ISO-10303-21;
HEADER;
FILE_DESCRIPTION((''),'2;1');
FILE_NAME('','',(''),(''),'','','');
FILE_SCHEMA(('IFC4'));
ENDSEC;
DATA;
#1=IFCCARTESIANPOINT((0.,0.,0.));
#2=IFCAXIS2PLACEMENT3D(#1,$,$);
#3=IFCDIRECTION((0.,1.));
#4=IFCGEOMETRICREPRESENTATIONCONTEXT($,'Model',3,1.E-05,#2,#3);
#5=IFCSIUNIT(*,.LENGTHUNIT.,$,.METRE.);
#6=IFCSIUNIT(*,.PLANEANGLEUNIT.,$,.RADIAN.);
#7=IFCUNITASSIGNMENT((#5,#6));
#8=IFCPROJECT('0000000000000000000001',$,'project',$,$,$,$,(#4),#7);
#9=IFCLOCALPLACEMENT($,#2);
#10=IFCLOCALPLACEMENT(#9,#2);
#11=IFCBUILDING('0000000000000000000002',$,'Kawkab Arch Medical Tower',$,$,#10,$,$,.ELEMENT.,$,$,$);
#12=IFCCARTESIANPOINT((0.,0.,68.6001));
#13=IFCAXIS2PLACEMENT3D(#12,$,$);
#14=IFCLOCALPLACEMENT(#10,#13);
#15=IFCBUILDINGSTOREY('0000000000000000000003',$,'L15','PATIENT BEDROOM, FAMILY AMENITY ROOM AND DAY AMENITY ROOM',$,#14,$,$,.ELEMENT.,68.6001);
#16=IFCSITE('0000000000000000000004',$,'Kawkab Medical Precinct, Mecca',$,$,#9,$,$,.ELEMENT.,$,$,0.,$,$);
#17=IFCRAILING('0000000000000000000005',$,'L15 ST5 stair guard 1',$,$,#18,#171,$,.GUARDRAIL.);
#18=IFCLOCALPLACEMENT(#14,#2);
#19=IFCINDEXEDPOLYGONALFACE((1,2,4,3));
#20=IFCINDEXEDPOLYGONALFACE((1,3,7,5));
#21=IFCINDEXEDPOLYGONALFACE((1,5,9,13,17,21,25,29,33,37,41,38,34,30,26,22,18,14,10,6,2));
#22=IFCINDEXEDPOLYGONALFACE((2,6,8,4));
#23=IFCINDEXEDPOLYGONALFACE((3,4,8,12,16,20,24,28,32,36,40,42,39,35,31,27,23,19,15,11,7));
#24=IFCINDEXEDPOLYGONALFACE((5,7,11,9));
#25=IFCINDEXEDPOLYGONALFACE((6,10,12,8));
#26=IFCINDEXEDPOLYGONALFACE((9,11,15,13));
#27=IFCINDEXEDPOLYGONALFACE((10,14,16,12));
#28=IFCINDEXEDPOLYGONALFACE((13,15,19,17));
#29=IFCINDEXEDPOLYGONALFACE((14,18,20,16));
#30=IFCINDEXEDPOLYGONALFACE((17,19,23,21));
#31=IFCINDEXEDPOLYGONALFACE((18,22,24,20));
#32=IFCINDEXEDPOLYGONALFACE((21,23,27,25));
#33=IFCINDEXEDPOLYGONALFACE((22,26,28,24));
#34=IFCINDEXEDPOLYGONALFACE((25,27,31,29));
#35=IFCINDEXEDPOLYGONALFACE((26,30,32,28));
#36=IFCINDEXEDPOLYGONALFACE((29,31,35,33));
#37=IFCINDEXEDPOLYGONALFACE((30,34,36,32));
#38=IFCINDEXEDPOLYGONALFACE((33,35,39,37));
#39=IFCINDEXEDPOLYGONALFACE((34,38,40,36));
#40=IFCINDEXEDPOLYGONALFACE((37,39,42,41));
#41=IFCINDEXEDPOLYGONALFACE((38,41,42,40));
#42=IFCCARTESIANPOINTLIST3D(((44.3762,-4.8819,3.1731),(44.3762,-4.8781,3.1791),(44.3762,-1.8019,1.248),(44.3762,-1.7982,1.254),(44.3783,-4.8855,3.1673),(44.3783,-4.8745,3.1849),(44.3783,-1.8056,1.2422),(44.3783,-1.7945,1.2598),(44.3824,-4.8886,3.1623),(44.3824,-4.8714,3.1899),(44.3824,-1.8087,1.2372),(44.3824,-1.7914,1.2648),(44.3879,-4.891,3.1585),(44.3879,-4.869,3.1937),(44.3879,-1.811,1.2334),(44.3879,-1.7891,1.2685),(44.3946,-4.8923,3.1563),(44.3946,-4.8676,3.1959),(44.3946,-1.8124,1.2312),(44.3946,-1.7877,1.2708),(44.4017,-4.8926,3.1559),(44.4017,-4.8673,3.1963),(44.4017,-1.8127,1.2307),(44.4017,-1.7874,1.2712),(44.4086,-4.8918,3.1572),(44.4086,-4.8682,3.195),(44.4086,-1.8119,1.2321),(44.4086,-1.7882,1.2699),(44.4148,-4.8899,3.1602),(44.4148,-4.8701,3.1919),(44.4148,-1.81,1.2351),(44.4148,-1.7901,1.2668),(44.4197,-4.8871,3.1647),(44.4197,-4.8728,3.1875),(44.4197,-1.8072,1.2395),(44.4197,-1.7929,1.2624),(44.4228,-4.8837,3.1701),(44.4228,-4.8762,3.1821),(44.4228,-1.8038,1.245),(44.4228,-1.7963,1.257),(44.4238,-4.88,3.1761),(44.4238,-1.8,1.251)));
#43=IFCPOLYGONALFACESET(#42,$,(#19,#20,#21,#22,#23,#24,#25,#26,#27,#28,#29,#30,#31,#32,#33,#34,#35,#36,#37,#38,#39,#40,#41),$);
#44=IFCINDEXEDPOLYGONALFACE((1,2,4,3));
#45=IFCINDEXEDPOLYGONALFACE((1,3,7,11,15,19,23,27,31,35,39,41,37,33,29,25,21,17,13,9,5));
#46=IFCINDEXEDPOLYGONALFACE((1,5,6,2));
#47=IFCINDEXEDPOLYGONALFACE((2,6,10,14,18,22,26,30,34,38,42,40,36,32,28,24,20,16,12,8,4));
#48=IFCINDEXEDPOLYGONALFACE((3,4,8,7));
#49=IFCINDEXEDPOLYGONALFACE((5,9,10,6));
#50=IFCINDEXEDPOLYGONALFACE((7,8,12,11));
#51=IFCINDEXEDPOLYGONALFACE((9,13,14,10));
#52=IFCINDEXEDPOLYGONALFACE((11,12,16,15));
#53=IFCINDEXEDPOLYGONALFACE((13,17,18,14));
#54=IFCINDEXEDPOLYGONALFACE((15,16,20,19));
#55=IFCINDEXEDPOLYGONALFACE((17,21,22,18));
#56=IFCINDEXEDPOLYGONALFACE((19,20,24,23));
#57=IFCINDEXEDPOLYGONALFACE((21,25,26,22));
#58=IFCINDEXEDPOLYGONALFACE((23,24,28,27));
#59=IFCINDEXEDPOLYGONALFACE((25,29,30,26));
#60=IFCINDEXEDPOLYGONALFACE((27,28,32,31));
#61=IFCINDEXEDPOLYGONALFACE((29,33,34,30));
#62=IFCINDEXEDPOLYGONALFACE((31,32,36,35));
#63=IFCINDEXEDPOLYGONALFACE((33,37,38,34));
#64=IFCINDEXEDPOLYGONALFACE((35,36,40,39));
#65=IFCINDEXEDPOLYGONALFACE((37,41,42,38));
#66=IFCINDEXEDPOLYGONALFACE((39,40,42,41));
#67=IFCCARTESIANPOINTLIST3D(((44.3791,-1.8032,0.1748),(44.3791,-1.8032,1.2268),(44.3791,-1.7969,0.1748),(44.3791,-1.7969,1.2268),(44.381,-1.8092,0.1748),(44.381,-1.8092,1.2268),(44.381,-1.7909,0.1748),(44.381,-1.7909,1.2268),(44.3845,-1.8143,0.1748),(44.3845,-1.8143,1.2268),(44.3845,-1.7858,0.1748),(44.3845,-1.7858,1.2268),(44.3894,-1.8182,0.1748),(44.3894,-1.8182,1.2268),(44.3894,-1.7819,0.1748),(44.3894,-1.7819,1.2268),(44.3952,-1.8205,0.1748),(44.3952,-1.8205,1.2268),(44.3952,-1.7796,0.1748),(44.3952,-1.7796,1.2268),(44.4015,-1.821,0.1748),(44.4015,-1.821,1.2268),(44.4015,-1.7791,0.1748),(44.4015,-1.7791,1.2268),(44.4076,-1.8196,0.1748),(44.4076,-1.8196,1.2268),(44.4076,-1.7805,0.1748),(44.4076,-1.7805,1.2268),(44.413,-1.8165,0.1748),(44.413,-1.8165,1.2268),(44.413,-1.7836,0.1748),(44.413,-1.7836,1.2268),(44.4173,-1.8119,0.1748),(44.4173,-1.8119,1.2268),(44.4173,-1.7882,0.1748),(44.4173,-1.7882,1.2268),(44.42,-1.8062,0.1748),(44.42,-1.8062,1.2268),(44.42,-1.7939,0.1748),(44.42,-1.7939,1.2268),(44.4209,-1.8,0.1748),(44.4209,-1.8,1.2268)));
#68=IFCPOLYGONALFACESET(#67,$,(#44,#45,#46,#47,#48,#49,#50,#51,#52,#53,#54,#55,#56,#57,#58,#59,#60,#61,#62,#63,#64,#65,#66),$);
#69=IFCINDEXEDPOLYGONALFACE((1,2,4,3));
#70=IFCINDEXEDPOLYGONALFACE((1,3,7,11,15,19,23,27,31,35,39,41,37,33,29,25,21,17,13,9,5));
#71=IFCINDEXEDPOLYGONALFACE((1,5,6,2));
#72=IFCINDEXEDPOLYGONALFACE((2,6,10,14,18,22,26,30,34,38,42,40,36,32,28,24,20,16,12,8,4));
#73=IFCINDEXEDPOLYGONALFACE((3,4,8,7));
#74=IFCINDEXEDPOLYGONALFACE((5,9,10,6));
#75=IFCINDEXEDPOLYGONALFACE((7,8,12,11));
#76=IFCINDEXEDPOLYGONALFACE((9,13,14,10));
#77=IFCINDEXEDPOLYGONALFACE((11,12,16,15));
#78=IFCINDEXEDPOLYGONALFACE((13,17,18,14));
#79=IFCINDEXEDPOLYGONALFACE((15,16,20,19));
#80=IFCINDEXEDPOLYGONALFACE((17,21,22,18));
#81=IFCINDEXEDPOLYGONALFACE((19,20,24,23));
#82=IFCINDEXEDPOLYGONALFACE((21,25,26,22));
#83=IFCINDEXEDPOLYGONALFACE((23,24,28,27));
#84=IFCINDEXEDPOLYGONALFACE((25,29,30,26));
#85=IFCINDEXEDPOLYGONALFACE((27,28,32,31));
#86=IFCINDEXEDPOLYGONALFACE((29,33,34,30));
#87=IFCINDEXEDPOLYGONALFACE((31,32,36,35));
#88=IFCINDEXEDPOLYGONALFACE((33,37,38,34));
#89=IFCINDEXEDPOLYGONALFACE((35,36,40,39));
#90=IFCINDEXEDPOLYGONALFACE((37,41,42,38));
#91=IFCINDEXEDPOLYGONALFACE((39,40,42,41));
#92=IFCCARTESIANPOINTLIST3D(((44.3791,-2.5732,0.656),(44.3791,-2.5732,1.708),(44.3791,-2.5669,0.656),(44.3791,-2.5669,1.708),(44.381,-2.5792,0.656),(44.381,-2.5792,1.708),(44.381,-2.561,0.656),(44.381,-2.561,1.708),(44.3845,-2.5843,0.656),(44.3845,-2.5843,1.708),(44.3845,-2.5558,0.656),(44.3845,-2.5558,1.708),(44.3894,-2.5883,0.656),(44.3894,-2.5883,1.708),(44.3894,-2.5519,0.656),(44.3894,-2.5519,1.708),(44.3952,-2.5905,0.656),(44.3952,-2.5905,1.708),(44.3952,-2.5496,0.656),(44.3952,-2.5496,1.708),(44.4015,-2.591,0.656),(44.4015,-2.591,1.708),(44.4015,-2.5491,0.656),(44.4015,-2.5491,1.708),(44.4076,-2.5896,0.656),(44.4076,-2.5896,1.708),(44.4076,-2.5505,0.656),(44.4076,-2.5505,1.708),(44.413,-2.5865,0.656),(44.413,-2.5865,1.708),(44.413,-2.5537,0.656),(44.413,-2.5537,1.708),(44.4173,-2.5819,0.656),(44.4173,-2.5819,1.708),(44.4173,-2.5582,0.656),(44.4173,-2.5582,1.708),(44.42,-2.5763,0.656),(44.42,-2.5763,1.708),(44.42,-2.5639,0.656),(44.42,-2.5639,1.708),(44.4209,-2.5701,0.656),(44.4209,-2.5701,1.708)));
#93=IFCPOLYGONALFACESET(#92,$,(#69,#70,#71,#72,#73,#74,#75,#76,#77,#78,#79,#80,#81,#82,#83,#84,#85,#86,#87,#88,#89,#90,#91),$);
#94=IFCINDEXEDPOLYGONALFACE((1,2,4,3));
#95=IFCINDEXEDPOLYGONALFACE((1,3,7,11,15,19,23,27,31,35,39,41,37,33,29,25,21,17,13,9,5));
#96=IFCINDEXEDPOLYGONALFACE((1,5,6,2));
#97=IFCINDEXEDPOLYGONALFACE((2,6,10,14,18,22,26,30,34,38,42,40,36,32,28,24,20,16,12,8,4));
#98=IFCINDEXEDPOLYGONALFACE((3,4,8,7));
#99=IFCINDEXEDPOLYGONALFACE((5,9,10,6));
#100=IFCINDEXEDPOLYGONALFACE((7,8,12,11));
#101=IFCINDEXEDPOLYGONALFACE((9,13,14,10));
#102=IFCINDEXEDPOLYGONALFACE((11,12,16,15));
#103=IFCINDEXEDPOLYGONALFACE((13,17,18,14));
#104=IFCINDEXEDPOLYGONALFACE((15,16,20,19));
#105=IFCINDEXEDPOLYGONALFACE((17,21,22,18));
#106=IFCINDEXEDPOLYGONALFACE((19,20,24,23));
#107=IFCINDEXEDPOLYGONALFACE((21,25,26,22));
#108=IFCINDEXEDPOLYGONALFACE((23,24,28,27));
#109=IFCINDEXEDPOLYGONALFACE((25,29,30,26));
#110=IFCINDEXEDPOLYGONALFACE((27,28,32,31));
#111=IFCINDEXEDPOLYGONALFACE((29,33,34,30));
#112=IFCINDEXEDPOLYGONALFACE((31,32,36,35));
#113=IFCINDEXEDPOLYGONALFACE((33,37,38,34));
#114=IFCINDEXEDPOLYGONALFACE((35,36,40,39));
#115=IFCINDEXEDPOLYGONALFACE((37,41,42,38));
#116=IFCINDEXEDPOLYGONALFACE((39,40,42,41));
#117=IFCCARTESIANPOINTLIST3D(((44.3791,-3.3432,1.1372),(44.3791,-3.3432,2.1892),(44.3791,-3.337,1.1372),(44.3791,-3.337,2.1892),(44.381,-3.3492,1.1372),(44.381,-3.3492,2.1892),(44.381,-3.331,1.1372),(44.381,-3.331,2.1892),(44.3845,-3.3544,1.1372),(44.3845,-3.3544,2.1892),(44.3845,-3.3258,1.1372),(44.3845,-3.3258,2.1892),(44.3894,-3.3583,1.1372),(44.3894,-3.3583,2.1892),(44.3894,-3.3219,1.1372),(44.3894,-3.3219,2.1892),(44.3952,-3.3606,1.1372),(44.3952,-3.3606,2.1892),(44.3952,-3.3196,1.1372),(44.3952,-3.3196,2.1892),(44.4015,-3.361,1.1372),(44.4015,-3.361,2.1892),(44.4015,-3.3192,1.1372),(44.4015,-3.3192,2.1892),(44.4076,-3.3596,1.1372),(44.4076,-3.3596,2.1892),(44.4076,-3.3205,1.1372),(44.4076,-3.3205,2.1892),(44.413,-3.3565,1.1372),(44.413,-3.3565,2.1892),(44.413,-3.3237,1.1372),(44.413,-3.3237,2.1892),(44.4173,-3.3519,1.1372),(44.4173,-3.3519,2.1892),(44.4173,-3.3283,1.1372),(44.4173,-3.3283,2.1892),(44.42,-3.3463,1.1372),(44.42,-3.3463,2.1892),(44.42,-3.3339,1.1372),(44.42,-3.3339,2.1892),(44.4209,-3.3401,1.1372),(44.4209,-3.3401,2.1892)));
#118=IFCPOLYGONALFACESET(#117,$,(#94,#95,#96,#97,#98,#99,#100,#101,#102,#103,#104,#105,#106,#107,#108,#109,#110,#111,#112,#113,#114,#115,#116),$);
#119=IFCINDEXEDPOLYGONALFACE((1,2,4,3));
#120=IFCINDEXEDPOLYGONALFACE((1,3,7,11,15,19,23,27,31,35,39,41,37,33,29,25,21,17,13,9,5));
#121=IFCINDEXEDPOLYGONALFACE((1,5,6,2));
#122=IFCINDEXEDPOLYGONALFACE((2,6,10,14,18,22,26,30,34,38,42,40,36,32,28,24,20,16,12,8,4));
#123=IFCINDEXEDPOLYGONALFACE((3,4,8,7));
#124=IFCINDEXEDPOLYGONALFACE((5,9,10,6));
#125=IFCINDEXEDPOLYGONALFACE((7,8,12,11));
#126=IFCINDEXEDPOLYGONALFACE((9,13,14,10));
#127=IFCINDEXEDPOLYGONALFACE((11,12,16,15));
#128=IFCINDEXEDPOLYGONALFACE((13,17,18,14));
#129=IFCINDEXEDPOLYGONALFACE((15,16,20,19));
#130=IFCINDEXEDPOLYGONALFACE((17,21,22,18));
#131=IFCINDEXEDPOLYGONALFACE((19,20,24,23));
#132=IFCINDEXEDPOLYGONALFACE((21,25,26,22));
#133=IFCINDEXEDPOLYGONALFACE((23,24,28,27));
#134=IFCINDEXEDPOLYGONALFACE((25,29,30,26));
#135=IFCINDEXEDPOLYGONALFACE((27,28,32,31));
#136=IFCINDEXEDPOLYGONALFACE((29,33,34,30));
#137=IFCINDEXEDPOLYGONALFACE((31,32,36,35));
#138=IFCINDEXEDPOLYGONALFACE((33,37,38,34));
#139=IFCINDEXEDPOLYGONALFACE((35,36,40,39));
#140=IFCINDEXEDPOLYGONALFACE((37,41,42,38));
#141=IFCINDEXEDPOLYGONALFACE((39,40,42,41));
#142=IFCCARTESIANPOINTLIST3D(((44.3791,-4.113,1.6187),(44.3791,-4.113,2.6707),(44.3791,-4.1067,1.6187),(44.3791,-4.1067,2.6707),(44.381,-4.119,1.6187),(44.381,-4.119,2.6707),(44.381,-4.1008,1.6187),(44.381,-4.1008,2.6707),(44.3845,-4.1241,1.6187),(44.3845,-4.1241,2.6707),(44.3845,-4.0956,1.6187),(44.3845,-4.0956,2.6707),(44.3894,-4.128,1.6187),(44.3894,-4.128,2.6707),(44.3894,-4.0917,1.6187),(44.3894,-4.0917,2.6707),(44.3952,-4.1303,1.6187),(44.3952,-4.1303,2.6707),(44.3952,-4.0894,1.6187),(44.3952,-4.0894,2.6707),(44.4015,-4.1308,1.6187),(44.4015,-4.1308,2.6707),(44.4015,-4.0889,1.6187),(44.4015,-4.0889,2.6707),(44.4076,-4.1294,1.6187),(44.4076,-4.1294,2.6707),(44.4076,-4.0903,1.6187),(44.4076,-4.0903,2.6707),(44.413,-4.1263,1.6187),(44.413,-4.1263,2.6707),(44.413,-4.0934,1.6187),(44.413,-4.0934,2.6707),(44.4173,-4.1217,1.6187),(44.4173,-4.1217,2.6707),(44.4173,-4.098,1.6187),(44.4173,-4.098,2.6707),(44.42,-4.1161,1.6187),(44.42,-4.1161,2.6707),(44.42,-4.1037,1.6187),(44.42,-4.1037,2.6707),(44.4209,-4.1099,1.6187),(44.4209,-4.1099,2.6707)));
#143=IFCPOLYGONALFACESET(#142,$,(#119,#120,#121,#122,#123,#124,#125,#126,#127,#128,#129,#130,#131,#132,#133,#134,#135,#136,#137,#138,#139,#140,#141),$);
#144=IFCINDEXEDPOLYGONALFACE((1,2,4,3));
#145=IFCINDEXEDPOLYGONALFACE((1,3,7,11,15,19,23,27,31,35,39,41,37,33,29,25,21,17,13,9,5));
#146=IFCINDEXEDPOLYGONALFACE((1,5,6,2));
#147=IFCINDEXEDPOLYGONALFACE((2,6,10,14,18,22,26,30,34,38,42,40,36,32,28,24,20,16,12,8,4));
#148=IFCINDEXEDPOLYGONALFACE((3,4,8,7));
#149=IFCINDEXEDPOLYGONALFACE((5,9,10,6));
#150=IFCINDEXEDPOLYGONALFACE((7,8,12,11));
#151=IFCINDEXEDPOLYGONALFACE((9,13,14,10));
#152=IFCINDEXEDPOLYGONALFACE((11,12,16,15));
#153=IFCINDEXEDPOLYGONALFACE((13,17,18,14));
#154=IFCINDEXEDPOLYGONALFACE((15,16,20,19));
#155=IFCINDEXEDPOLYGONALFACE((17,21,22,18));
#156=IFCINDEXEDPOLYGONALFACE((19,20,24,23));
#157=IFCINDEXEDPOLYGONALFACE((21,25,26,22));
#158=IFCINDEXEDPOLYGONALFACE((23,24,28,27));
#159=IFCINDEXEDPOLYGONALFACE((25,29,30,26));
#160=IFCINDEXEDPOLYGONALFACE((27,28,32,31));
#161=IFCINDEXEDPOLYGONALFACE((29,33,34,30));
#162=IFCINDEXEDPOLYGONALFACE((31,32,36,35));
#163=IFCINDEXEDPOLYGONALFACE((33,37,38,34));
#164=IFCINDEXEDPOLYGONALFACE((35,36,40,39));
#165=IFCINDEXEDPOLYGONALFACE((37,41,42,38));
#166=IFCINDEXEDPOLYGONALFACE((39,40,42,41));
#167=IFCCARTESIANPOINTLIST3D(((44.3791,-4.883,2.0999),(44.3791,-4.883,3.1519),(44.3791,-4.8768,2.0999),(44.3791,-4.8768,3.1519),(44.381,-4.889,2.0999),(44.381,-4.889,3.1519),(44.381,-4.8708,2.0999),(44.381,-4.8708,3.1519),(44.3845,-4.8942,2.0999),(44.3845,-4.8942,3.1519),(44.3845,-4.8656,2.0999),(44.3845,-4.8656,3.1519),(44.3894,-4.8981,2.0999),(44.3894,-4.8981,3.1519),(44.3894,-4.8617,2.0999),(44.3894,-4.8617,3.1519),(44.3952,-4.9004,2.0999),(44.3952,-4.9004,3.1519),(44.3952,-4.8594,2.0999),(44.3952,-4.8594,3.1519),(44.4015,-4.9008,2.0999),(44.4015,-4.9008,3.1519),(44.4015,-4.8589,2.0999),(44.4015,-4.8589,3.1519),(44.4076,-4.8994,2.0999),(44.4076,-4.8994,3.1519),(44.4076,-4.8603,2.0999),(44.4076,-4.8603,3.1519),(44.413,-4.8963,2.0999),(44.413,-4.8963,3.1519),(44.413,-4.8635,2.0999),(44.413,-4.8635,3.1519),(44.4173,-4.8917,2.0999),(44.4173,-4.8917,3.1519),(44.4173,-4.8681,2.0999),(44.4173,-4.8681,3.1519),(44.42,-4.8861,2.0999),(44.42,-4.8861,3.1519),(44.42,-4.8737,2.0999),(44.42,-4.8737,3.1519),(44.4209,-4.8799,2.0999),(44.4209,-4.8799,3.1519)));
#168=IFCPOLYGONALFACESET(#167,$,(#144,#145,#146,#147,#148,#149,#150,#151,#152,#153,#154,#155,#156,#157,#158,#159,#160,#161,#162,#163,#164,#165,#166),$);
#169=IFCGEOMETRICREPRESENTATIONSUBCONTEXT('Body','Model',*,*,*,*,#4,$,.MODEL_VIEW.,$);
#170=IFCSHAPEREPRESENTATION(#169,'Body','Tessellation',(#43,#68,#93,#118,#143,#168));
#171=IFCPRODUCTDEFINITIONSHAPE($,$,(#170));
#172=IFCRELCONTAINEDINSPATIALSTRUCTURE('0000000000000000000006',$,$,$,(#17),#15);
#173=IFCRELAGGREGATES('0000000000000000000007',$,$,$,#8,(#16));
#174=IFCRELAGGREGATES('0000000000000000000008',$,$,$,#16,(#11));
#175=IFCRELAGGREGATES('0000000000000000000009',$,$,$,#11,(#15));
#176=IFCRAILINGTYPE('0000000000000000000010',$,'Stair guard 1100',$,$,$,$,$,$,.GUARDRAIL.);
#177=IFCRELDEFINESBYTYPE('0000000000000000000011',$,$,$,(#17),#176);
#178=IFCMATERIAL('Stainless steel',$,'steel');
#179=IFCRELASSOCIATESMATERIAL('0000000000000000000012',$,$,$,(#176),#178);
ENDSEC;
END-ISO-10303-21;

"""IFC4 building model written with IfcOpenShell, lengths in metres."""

from ifc_helpers import new_model, si_unit, direction, frame, origin, origin_2d, place, context, subcontext, project, spatial, circle, extrude, material, type_object, element, save


model = new_model("IFC4")

# Units and contexts
model_context = context("Model", 3, precision=1e-05, world=origin(), true_north=direction((0.0, 1.0)))
body_context = subcontext(model_context, "Body", "Model", "MODEL_VIEW")
ifc_project = project(units=[si_unit("LENGTHUNIT", "METRE"), si_unit("PLANEANGLEUNIT", "RADIAN")], contexts=[model_context])

# Site, building, storey
site_placement = place(None, origin())
site = spatial("IfcSite", under=ifc_project, at=site_placement, Name="Kawkab Medical Precinct, Mecca", CompositionType="ELEMENT", RefElevation=0.0)
building_placement = place(site_placement, origin())
building = spatial("IfcBuilding", under=site, at=building_placement, Name="Kawkab Arch Medical Tower", CompositionType="ELEMENT")
storey_placement = place(building_placement, frame((0.0, 0.0, 68.6001)))
storey = spatial("IfcBuildingStorey", under=building, at=storey_placement, Name="L15", Description="PATIENT BEDROOM, FAMILY AMENITY ROOM AND DAY AMENITY ROOM", CompositionType="ELEMENT", Elevation=68.6001)

# Railing
ifc_material_1 = material(Name="Stainless steel", Category="steel")
railing_type_1 = type_object("IfcRailingType", Name="Stair guard 1100", PredefinedType="GUARDRAIL", material=ifc_material_1)
railing_1_placement = place(storey_placement, frame((44.3999, -1.8, 0.1748)))
element("IfcRailing", 1, at=railing_1_placement, inside=storey, type_object=railing_type_1, Name="L15 ST5 stair guard 1", PredefinedType="GUARDRAIL", context=body_context, shape_type="SweptSolid", body=[
    extrude(circle(Radius=0.0239, at=origin_2d()), frame((0.0, 0.0, 1.0762), z_axis=(0.0, -0.847979, 0.530029), x_axis=(1.0, 0.0, 0.0)), (0.0, 0.0, 1.0), 3.6321),
    extrude(circle(Radius=0.021, at=origin_2d()), origin(), (0.0, 0.0, 1.0), 1.052),
    extrude(circle(Radius=0.021, at=origin_2d()), frame((0.0, -0.77, 0.4812)), (0.0, 0.0, 1.0), 1.052),
    extrude(circle(Radius=0.021, at=origin_2d()), frame((0.0, -1.54, 0.9624)), (0.0, 0.0, 1.0), 1.052),
    extrude(circle(Radius=0.021, at=origin_2d()), frame((0.0, -2.3098, 1.4438)), (0.0, 0.0, 1.0), 1.052),
    extrude(circle(Radius=0.021, at=origin_2d()), frame((0.0, -3.0798, 1.925)), (0.0, 0.0, 1.0), 1.052),
])

save(model, "model.ifc")
